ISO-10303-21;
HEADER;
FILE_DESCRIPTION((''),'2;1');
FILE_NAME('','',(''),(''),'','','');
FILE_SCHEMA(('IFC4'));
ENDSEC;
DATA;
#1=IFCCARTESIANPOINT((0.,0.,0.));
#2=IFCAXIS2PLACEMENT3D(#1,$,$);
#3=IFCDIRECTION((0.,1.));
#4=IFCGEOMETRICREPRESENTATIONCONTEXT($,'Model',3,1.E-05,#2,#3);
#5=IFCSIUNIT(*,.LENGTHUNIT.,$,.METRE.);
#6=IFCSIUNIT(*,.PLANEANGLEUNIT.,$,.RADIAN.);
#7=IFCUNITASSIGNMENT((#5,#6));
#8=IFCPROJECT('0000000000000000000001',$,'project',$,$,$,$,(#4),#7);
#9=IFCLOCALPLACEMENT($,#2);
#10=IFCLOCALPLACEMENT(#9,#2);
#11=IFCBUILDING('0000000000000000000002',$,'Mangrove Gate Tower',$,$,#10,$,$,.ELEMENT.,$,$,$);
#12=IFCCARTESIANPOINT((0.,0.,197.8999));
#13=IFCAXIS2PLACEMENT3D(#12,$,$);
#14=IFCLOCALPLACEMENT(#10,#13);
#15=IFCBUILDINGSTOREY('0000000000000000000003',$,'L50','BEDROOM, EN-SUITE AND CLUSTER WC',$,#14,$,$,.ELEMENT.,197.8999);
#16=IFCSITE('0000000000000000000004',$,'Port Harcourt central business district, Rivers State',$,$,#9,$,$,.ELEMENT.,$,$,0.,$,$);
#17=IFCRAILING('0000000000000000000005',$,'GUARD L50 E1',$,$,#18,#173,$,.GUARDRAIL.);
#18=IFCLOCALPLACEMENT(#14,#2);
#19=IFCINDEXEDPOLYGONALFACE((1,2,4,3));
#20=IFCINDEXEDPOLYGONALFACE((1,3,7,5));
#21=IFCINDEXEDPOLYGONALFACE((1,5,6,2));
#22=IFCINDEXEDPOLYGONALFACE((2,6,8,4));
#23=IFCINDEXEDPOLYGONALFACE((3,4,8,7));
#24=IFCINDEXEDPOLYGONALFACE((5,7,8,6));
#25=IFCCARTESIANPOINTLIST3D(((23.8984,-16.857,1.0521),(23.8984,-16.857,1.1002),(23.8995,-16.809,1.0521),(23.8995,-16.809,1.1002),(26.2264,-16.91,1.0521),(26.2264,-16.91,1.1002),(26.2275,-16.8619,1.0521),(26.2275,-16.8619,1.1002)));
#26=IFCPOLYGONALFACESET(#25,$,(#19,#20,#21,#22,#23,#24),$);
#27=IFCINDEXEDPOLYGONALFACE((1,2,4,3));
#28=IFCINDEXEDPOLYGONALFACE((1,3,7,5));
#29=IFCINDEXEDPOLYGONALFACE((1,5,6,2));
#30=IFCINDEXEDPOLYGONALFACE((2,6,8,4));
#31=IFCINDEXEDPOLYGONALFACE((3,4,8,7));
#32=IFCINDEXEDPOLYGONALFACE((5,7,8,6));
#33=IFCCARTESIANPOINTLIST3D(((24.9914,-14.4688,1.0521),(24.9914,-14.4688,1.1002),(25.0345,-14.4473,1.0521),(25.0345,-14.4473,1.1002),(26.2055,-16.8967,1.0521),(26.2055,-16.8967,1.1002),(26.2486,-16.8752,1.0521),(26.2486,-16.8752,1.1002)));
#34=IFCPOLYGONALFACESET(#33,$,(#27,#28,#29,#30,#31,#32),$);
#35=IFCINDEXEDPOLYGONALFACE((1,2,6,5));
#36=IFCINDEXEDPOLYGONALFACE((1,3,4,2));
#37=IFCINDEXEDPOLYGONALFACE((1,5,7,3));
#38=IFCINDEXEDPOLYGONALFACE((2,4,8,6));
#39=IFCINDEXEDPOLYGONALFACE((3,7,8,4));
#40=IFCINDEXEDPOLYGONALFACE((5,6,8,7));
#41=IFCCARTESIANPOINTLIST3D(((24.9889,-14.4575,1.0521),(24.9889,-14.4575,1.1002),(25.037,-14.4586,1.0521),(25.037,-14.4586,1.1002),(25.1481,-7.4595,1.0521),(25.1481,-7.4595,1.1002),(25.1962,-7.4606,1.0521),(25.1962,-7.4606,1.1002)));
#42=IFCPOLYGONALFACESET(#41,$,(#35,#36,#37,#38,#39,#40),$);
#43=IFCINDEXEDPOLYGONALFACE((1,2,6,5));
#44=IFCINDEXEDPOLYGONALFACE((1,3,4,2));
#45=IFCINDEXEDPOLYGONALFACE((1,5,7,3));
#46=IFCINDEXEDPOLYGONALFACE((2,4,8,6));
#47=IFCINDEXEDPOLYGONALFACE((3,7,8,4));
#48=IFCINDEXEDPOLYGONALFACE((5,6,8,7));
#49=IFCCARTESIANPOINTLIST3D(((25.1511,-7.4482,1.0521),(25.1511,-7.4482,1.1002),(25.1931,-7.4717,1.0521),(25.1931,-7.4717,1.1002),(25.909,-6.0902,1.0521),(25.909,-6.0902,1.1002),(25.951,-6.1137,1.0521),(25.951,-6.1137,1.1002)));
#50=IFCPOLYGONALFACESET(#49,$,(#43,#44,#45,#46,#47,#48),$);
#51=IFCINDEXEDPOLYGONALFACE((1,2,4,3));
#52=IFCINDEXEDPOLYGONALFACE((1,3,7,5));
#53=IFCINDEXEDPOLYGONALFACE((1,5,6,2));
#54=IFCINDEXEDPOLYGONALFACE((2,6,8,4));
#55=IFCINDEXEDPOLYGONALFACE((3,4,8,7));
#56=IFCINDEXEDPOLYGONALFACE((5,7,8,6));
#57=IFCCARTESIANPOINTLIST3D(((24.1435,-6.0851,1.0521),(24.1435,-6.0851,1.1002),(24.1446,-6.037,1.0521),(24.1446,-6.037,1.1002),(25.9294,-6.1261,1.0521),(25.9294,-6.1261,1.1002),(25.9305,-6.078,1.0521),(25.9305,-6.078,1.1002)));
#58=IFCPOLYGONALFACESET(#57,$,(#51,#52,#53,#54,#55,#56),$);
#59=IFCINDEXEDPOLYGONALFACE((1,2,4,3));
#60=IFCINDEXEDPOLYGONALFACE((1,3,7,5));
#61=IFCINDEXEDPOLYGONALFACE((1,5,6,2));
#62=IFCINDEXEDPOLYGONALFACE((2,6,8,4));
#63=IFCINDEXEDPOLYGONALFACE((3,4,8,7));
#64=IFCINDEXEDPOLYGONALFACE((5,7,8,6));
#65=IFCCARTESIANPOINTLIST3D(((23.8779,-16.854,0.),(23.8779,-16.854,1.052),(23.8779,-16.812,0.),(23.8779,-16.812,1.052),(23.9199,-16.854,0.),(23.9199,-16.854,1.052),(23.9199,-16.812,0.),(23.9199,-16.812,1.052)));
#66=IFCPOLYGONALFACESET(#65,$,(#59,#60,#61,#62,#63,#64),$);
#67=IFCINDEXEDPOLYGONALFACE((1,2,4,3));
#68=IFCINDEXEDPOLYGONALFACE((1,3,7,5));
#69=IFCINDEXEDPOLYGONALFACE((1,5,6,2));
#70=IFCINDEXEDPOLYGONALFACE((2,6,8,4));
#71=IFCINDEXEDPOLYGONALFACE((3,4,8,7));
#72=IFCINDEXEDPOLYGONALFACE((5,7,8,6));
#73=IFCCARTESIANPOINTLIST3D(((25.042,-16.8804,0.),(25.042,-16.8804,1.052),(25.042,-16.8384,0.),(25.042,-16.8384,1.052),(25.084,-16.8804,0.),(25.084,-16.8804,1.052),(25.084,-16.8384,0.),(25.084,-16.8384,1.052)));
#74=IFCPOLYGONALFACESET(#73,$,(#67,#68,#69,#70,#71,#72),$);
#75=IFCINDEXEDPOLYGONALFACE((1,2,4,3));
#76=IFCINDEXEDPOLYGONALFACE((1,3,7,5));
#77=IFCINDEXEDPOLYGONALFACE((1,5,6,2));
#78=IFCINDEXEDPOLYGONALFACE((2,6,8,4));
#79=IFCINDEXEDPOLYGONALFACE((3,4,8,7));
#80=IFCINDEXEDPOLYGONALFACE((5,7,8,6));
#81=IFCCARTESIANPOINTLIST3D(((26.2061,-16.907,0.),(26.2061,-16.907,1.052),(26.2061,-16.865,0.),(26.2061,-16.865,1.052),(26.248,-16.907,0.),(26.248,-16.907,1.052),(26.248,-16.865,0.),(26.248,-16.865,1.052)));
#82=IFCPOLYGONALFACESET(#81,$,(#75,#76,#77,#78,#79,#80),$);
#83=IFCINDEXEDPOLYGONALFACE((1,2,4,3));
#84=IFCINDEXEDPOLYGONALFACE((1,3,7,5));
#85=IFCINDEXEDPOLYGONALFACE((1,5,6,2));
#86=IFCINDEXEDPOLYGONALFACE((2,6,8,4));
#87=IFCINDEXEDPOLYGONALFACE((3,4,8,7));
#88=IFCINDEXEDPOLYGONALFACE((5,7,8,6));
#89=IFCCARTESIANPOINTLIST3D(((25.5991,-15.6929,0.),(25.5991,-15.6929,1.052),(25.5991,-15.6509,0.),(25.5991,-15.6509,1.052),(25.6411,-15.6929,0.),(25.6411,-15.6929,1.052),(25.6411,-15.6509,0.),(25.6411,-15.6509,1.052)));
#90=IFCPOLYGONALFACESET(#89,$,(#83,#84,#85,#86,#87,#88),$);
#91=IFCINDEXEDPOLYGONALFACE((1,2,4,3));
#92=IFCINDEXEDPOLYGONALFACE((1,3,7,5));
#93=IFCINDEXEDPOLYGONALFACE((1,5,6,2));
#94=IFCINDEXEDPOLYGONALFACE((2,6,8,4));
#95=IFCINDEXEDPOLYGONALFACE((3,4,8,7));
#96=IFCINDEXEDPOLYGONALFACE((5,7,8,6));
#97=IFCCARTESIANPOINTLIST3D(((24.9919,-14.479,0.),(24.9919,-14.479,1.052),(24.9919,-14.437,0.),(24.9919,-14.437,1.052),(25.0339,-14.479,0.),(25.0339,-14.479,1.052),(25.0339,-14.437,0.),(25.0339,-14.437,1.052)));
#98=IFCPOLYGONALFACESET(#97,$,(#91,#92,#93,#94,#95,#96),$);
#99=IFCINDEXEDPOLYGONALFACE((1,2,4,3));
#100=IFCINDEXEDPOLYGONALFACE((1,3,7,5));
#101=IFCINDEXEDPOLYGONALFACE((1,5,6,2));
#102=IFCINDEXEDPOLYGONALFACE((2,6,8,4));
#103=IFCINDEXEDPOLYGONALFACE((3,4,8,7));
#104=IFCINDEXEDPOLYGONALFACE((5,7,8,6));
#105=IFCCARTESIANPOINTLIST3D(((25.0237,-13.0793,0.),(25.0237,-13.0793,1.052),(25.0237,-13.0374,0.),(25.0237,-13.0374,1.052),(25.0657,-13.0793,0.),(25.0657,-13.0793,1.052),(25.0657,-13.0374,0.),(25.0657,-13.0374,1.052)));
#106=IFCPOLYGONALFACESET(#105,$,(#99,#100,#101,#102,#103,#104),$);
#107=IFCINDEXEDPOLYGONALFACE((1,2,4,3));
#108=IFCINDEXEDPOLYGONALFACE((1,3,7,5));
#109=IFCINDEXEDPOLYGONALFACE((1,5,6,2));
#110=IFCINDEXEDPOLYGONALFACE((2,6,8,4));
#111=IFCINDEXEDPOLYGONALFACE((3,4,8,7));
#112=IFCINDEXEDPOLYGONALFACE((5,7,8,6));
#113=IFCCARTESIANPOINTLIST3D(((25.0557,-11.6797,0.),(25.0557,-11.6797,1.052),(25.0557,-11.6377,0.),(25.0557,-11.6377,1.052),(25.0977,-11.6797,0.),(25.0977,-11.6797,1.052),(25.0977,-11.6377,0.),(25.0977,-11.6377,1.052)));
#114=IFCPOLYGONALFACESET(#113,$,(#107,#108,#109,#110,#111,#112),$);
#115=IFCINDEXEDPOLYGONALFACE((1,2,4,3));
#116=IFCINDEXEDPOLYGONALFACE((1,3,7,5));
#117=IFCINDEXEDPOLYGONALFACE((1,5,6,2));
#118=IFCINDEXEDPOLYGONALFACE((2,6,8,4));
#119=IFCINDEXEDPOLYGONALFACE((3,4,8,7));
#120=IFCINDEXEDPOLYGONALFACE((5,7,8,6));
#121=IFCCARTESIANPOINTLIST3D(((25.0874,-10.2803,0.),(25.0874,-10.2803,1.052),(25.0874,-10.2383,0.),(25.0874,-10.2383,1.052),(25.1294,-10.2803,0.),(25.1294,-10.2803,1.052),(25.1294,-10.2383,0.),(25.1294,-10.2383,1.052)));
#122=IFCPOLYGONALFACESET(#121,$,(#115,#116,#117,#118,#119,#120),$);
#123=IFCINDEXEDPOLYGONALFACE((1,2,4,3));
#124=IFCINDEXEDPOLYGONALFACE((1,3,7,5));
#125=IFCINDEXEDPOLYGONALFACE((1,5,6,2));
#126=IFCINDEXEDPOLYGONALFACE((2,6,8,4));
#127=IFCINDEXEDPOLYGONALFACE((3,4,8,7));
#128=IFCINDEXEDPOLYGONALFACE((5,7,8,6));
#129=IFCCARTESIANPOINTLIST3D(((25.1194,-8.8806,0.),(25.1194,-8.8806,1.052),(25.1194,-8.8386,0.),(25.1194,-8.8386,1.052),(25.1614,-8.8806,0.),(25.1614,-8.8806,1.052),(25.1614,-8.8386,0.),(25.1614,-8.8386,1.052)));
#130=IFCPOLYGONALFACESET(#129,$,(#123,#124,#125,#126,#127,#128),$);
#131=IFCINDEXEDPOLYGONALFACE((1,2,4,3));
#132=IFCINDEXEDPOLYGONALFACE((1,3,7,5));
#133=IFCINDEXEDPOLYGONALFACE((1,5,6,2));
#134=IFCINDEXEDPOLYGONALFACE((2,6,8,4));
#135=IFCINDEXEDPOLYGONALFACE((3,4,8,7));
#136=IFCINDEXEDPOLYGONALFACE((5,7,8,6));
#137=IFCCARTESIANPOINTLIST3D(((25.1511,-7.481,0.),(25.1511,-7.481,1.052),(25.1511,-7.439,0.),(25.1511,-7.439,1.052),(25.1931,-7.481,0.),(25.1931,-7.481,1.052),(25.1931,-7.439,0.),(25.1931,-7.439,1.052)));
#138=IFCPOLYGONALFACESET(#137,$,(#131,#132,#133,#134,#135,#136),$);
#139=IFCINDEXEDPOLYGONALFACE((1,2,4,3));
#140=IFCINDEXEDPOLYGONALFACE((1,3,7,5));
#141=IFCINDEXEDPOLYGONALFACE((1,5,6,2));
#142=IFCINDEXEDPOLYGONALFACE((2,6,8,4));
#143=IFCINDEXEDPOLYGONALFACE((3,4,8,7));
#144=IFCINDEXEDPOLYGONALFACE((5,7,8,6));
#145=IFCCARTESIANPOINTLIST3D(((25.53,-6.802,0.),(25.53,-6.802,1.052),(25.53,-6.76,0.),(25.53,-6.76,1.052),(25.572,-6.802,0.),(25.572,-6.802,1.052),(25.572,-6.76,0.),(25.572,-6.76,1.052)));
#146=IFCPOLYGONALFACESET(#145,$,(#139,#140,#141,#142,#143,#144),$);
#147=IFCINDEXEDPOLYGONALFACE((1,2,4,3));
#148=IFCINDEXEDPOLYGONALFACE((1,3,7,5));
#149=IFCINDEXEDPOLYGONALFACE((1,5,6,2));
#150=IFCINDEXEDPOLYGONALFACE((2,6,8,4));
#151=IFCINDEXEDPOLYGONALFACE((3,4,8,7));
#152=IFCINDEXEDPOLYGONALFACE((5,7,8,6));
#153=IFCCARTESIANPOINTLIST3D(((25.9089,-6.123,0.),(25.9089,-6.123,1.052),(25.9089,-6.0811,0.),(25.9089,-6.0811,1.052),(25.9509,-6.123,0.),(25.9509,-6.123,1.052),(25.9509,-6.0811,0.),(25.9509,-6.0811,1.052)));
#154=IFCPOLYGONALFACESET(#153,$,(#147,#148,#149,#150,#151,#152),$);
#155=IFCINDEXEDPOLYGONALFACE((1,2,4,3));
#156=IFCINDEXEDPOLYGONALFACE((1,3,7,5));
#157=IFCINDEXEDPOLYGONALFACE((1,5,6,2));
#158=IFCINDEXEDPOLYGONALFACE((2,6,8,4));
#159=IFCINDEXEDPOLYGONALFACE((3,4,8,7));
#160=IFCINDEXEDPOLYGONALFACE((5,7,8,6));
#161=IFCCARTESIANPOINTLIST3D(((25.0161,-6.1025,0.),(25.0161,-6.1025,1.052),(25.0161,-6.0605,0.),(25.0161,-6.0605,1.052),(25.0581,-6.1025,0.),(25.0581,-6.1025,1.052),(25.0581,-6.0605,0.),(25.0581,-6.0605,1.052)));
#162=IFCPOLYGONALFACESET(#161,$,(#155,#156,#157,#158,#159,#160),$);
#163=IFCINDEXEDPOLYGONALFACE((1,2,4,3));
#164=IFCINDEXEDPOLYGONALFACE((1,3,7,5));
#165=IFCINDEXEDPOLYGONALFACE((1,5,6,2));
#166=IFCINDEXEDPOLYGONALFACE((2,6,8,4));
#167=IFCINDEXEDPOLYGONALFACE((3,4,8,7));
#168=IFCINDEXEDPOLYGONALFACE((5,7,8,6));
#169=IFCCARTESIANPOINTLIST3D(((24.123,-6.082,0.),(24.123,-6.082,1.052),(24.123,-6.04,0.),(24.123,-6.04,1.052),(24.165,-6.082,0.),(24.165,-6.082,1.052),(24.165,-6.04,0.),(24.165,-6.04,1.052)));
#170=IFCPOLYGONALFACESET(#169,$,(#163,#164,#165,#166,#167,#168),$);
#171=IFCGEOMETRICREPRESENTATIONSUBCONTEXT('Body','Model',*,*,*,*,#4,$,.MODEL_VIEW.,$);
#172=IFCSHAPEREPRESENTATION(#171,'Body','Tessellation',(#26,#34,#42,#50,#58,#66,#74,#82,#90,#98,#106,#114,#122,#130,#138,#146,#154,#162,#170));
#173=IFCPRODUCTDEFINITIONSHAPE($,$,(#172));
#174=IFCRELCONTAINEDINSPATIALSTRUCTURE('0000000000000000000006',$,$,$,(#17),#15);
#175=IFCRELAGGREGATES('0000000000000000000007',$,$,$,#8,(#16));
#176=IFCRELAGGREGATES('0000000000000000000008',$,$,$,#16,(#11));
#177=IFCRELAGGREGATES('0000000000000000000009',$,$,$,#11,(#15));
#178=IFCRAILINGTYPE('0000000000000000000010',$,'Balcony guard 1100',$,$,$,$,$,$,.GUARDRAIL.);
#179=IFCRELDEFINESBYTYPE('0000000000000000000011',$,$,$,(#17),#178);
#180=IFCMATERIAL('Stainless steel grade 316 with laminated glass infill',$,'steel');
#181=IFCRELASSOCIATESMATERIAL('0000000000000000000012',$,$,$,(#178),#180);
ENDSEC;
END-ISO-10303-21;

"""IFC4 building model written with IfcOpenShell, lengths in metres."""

from ifc_helpers import new_model, si_unit, direction, frame, origin, origin_2d, place, context, subcontext, project, spatial, rectangle, extrude, material, type_object, element, save


model = new_model("IFC4")

# Units and contexts
model_context = context("Model", 3, precision=1e-05, world=origin(), true_north=direction((0.0, 1.0)))
body_context = subcontext(model_context, "Body", "Model", "MODEL_VIEW")
ifc_project = project(units=[si_unit("LENGTHUNIT", "METRE"), si_unit("PLANEANGLEUNIT", "RADIAN")], contexts=[model_context])

# Site, building, storey
site_placement = place(None, origin())
site = spatial("IfcSite", under=ifc_project, at=site_placement, Name="Port Harcourt central business district, Rivers State", CompositionType="ELEMENT", RefElevation=0.0)
building_placement = place(site_placement, origin())
building = spatial("IfcBuilding", under=site, at=building_placement, Name="Mangrove Gate Tower", CompositionType="ELEMENT")
storey_placement = place(building_placement, frame((0.0, 0.0, 197.8999)))
storey = spatial("IfcBuildingStorey", under=building, at=storey_placement, Name="L50", Description="BEDROOM, EN-SUITE AND CLUSTER WC", CompositionType="ELEMENT", Elevation=197.8999)

# Railing
ifc_material_1 = material(Name="Stainless steel grade 316 with laminated glass infill", Category="steel")
railing_type = type_object("IfcRailingType", Name="Balcony guard 1100", PredefinedType="GUARDRAIL", material=ifc_material_1)
railing_placement = place(storey_placement, frame((23.8989, -16.833, 0.0)))
element("IfcRailing", 1, at=railing_placement, inside=storey, type_object=railing_type, Name="GUARD L50 E1", PredefinedType="GUARDRAIL", context=body_context, shape_type="SweptSolid", body=[
    extrude(rectangle(XDim=0.0481, YDim=0.0481, at=origin_2d()), frame((0.0, 0.0, 1.0762), z_axis=(0.999741, -0.02275, 0.0), x_axis=(0.02275, 0.999741, 0.0)), (0.0, 0.0, 1.0), 2.3286),
    extrude(rectangle(XDim=0.0481, YDim=0.0481, at=origin_2d()), frame((2.3281, -0.053, 1.0762), z_axis=(-0.44725, 0.894409, 0.0), x_axis=(-0.894409, -0.44725, 0.0)), (0.0, 0.0, 1.0), 2.7146),
    extrude(rectangle(XDim=0.0481, YDim=0.0481, at=origin_2d()), frame((1.114, 2.375, 1.0762), z_axis=(0.02274, 0.999741, 0.0), x_axis=(-0.999741, 0.02274, 0.0)), (0.0, 0.0, 1.0), 6.9998),
    extrude(rectangle(XDim=0.0481, YDim=0.0481, at=origin_2d()), frame((1.2732, 9.373, 1.0762), z_axis=(0.487322, 0.873223, 0.0), x_axis=(-0.873223, 0.487322, 0.0)), (0.0, 0.0, 1.0), 1.5552),
    extrude(rectangle(XDim=0.0481, YDim=0.0481, at=origin_2d()), frame((2.031, 10.731, 1.0762), z_axis=(-0.999736, 0.02296, 0.0), x_axis=(-0.02296, -0.999736, 0.0)), (0.0, 0.0, 1.0), 1.7864),
    extrude(rectangle(XDim=0.042, YDim=0.042, at=origin_2d()), origin(), (0.0, 0.0, 1.0), 1.052),
    extrude(rectangle(XDim=0.042, YDim=0.042, at=origin_2d()), frame((1.1641, -0.0264, 0.0)), (0.0, 0.0, 1.0), 1.052),
    extrude(rectangle(XDim=0.042, YDim=0.042, at=origin_2d()), frame((2.3281, -0.053, 0.0)), (0.0, 0.0, 1.0), 1.052),
    extrude(rectangle(XDim=0.042, YDim=0.042, at=origin_2d()), frame((1.7212, 1.1611, 0.0)), (0.0, 0.0, 1.0), 1.052),
    extrude(rectangle(XDim=0.042, YDim=0.042, at=origin_2d()), frame((1.114, 2.375, 0.0)), (0.0, 0.0, 1.0), 1.052),
    extrude(rectangle(XDim=0.042, YDim=0.042, at=origin_2d()), frame((1.1458, 3.7747, 0.0)), (0.0, 0.0, 1.0), 1.052),
    extrude(rectangle(XDim=0.042, YDim=0.042, at=origin_2d()), frame((1.1777, 5.1743, 0.0)), (0.0, 0.0, 1.0), 1.052),
    extrude(rectangle(XDim=0.042, YDim=0.042, at=origin_2d()), frame((1.2095, 6.5737, 0.0)), (0.0, 0.0, 1.0), 1.052),
    extrude(rectangle(XDim=0.042, YDim=0.042, at=origin_2d()), frame((1.2415, 7.9734, 0.0)), (0.0, 0.0, 1.0), 1.052),
    extrude(rectangle(XDim=0.042, YDim=0.042, at=origin_2d()), frame((1.2732, 9.373, 0.0)), (0.0, 0.0, 1.0), 1.052),
    extrude(rectangle(XDim=0.042, YDim=0.042, at=origin_2d()), frame((1.6521, 10.052, 0.0)), (0.0, 0.0, 1.0), 1.052),
    extrude(rectangle(XDim=0.042, YDim=0.042, at=origin_2d()), frame((2.031, 10.731, 0.0)), (0.0, 0.0, 1.0), 1.052),
    extrude(rectangle(XDim=0.042, YDim=0.042, at=origin_2d()), frame((1.1382, 10.7515, 0.0)), (0.0, 0.0, 1.0), 1.052),
    extrude(rectangle(XDim=0.042, YDim=0.042, at=origin_2d()), frame((0.2451, 10.772, 0.0)), (0.0, 0.0, 1.0), 1.052),
])

save(model, "model.ifc")
